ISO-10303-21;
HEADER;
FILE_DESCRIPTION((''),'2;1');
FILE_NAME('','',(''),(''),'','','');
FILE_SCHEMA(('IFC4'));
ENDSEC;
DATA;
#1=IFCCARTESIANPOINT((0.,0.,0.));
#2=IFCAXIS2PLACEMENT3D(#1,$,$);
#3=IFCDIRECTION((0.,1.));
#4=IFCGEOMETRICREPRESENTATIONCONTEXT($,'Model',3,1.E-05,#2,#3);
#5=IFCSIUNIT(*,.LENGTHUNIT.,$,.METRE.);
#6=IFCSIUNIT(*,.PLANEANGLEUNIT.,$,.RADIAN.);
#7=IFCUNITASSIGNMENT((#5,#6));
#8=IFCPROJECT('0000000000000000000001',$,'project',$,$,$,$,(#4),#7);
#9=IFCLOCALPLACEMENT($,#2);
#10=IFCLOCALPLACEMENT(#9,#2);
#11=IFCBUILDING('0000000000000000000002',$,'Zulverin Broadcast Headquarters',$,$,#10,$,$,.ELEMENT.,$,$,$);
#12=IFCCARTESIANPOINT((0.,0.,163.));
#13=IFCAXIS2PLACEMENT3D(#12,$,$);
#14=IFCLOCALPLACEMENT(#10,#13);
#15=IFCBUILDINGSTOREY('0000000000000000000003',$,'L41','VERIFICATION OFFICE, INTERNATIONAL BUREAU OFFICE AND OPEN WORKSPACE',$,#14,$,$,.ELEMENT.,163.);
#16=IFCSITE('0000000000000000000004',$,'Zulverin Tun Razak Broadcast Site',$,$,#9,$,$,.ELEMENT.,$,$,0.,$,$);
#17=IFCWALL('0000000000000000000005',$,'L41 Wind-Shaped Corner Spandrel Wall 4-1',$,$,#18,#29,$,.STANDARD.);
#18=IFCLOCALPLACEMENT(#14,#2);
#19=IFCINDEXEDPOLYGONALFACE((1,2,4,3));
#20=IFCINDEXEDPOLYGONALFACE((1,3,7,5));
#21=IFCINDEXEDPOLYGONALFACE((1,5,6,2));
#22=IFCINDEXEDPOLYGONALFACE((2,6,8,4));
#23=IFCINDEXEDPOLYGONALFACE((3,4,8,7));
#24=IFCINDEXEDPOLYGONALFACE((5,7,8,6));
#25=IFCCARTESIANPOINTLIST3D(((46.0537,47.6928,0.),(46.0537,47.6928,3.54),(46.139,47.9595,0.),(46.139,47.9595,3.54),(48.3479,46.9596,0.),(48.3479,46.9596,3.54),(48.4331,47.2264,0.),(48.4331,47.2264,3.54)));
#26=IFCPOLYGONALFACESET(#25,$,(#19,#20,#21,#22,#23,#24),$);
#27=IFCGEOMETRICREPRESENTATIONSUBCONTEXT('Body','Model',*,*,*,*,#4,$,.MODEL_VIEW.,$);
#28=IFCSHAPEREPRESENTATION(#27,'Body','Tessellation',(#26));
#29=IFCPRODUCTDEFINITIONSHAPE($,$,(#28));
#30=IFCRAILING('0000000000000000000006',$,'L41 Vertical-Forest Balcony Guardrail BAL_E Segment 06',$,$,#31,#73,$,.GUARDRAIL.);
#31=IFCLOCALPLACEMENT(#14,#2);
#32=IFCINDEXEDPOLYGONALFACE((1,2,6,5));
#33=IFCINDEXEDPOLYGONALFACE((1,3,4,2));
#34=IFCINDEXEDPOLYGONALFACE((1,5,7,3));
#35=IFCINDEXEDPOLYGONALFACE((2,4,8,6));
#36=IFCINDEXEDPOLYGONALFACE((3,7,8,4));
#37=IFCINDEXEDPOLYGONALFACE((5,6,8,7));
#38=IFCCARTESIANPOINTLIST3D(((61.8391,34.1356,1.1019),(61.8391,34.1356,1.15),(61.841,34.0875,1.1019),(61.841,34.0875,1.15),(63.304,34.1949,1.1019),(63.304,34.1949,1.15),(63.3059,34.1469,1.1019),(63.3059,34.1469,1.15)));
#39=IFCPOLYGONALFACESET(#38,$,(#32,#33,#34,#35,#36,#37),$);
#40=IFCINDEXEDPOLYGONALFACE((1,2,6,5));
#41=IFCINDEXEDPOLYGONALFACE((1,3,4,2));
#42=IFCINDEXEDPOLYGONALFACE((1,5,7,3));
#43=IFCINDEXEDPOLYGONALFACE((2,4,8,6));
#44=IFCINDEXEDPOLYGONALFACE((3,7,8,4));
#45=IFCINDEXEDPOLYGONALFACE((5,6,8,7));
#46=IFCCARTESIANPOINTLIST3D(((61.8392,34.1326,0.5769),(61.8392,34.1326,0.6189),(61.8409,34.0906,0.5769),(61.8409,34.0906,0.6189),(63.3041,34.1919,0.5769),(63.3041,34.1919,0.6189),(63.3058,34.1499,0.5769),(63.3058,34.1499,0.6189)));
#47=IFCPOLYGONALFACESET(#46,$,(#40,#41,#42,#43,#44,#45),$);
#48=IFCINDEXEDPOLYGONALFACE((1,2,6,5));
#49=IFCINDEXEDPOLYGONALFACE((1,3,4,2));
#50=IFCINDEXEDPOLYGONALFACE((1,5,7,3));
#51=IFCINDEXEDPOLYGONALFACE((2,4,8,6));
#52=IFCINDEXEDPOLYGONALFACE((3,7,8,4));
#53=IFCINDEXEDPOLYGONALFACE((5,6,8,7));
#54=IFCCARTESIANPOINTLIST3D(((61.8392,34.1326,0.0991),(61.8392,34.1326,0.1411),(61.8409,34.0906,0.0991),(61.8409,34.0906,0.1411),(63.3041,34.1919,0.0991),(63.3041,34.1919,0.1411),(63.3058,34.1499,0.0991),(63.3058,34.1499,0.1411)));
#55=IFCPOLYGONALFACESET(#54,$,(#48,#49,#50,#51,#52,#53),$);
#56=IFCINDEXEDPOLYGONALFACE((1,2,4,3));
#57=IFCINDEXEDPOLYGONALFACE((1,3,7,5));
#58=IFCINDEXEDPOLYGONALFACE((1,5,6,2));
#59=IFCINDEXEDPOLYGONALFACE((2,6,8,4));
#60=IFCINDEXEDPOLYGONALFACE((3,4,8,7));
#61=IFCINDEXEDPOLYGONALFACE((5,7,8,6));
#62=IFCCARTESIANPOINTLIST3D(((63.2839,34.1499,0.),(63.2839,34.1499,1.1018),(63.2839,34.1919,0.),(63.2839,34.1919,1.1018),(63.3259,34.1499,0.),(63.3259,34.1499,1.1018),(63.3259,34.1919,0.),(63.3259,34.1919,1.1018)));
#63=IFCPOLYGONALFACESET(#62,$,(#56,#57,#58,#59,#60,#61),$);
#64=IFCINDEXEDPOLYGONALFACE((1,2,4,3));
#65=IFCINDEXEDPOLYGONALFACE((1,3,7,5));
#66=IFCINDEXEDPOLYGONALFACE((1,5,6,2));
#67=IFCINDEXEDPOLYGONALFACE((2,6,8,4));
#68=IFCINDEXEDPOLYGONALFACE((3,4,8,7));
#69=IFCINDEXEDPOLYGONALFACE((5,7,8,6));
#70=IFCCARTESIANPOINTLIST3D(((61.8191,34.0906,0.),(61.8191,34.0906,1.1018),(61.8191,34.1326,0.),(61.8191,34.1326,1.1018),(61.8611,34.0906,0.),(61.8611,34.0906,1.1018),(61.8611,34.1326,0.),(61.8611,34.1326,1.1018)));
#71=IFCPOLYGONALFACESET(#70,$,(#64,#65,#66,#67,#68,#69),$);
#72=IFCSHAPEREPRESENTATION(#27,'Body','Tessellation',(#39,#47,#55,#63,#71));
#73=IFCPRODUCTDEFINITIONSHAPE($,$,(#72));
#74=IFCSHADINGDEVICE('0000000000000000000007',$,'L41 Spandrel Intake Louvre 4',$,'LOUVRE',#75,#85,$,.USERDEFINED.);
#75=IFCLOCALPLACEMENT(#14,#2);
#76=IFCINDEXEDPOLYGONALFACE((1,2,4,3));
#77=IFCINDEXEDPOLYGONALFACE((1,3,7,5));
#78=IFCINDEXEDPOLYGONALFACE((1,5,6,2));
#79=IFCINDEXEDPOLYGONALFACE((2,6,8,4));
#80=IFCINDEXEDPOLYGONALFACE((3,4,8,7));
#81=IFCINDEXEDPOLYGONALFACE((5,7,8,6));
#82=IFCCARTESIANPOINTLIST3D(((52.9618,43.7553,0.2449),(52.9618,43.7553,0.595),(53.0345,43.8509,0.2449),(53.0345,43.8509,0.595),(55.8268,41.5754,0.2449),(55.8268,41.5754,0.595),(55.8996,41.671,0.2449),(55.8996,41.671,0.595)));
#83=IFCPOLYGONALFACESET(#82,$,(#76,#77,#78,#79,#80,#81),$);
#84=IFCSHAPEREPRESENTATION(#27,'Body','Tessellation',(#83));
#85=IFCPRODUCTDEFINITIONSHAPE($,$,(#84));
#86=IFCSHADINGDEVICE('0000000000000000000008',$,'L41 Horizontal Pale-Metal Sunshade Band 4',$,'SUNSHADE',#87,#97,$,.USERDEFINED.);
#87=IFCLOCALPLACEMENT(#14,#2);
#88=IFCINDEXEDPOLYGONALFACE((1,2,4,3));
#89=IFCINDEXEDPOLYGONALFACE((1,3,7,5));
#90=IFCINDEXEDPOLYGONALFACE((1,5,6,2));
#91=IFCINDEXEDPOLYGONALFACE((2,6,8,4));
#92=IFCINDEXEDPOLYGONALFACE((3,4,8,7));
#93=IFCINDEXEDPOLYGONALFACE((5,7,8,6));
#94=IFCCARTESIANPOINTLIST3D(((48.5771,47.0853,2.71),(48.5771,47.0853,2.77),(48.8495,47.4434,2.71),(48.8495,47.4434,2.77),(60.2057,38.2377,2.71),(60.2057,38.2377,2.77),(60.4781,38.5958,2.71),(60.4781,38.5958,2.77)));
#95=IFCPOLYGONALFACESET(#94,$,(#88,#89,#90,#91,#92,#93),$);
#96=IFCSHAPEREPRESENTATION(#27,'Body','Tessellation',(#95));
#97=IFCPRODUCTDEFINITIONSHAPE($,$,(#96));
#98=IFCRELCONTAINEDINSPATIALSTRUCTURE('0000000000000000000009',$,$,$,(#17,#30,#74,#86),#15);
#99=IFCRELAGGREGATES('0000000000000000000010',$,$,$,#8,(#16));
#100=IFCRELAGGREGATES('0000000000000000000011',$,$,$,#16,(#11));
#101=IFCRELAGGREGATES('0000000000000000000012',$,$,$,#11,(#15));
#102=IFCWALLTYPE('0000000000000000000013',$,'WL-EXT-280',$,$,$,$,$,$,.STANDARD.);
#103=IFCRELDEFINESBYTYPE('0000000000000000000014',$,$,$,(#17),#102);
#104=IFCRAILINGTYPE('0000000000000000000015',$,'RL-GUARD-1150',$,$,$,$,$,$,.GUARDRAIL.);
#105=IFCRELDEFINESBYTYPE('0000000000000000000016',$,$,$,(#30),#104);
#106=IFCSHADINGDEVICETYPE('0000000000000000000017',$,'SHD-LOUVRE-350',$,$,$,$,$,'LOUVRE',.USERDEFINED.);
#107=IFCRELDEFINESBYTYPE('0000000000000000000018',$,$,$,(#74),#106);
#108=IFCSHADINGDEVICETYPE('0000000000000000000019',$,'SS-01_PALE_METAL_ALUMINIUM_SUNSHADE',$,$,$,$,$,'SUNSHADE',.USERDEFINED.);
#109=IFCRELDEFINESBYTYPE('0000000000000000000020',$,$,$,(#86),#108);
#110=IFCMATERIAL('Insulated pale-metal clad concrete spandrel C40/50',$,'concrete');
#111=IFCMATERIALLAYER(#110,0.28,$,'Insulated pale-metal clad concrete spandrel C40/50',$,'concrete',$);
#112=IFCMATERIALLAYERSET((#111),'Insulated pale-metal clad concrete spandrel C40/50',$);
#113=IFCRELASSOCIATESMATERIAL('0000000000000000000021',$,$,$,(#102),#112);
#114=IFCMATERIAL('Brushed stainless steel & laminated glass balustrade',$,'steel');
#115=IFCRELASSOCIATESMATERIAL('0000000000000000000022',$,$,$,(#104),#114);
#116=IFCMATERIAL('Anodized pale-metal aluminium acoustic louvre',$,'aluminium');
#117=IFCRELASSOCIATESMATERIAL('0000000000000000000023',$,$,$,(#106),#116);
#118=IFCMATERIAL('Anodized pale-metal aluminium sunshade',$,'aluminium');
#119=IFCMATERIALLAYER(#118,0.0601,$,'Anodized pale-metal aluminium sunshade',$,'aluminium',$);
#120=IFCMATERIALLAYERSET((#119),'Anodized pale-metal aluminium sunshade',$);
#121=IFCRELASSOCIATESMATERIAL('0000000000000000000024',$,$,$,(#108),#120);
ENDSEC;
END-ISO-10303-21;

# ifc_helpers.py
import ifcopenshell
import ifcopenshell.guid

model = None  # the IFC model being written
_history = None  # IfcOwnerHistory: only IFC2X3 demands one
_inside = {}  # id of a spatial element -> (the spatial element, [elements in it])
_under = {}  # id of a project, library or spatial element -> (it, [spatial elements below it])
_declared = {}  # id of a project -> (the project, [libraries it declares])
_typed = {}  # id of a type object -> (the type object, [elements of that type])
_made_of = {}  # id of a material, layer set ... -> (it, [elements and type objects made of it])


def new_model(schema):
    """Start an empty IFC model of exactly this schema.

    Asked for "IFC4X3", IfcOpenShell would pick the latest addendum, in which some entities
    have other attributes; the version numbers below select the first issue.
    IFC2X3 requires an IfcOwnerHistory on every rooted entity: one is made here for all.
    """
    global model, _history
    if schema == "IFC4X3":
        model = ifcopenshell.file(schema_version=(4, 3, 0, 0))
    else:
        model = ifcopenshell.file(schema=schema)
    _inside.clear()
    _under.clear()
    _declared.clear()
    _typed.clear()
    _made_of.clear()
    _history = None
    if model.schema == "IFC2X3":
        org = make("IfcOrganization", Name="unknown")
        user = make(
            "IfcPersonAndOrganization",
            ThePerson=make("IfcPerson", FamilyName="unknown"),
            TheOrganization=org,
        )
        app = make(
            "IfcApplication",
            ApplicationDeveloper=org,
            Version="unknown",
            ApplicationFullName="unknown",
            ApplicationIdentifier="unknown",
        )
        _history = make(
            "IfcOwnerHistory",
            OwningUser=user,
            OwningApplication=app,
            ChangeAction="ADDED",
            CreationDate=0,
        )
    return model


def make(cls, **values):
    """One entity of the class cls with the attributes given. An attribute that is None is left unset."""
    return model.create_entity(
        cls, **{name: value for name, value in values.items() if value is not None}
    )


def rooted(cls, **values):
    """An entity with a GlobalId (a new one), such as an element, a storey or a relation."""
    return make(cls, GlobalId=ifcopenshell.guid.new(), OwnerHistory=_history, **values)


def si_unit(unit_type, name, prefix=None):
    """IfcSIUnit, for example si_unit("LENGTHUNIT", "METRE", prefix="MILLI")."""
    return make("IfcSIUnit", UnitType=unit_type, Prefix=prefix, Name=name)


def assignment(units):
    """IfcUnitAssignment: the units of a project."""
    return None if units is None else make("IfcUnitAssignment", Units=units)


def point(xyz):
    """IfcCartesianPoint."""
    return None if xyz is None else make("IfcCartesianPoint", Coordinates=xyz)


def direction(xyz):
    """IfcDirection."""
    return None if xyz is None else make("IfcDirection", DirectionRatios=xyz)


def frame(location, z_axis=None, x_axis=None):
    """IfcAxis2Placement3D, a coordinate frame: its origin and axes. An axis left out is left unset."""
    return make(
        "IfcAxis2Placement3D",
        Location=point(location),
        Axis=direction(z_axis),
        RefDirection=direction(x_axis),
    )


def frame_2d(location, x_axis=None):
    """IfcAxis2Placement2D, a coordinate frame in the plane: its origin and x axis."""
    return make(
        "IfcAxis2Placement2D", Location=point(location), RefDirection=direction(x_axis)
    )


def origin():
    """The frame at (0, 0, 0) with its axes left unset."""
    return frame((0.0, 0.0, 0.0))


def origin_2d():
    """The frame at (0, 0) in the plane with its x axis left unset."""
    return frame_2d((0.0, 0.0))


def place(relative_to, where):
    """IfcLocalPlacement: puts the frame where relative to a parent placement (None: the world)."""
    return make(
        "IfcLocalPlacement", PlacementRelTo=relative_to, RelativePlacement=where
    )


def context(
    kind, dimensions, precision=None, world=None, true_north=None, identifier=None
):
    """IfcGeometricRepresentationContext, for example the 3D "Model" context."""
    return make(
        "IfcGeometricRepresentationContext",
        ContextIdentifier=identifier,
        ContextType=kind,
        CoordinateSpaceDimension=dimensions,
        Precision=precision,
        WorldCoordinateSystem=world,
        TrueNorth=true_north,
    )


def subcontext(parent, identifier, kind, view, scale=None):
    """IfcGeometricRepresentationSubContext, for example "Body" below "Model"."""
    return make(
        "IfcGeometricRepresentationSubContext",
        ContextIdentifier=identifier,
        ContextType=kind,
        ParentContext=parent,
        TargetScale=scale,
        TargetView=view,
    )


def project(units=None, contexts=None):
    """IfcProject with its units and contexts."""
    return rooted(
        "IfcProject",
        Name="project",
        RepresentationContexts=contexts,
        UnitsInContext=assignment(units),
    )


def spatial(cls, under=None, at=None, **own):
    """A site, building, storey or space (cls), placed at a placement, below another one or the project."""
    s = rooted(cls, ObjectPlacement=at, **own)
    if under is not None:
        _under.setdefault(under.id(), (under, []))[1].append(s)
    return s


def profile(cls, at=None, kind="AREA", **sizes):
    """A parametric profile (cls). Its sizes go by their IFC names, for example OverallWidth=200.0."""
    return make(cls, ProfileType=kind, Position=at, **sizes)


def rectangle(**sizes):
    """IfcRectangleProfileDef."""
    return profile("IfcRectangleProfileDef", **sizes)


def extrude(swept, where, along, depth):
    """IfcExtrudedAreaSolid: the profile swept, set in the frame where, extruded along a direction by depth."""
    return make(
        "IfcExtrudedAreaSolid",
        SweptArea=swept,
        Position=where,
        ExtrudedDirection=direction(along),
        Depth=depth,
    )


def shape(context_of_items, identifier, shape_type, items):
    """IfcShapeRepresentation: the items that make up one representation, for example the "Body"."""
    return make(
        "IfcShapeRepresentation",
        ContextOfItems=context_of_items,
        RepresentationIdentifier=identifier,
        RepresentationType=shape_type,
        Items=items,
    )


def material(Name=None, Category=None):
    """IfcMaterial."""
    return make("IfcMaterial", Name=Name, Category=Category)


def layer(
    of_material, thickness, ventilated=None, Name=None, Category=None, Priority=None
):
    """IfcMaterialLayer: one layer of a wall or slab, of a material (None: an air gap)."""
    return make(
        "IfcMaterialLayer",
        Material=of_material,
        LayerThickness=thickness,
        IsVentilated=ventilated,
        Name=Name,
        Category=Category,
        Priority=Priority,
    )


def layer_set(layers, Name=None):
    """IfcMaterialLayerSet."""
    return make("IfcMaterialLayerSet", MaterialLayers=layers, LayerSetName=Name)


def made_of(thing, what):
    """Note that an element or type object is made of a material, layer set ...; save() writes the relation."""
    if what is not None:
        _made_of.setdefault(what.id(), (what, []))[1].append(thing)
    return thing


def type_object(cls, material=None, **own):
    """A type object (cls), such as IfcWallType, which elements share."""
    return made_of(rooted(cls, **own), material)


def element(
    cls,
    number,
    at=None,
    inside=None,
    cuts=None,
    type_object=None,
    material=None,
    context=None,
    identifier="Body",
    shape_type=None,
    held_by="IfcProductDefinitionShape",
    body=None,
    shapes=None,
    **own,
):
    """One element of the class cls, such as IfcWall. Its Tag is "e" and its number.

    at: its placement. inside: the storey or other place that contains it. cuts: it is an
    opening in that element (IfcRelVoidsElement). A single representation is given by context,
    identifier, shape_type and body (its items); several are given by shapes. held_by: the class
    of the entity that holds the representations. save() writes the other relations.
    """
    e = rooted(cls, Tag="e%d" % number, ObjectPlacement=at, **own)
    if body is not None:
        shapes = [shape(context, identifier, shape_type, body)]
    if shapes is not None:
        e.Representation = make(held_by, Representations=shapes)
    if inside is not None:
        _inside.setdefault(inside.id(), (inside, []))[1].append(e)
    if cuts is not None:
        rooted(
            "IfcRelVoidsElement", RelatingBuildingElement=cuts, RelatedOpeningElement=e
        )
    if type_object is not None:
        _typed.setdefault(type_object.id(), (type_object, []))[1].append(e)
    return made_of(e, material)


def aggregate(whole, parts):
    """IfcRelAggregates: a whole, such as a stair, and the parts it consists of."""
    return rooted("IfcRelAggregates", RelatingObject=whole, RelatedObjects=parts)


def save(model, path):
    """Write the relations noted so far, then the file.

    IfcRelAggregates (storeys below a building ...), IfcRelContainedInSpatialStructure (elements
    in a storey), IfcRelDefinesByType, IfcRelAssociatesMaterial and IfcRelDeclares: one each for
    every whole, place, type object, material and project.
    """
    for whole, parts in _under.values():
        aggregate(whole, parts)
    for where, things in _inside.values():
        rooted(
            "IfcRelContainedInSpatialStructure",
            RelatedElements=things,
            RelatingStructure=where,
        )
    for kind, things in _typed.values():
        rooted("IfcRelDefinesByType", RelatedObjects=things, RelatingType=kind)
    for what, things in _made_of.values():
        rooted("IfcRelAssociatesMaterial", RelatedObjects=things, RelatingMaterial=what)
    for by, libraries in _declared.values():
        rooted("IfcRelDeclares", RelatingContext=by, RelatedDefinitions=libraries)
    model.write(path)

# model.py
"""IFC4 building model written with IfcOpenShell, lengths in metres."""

from ifc_helpers import new_model, si_unit, direction, frame, frame_2d, origin, origin_2d, place, context, subcontext, project, spatial, rectangle, extrude, material, layer, layer_set, type_object, element, save


model = new_model("IFC4")

# Units and contexts
model_context = context("Model", 3, precision=1e-05, world=origin(), true_north=direction((0.0, 1.0)))
body_context = subcontext(model_context, "Body", "Model", "MODEL_VIEW")
ifc_project = project(units=[si_unit("LENGTHUNIT", "METRE"), si_unit("PLANEANGLEUNIT", "RADIAN")], contexts=[model_context])

# Site, building, storey
site_placement = place(None, origin())
site = spatial("IfcSite", under=ifc_project, at=site_placement, Name="Zulverin Tun Razak Broadcast Site", CompositionType="ELEMENT", RefElevation=0.0)
building_placement = place(site_placement, origin())
building = spatial("IfcBuilding", under=site, at=building_placement, Name="Zulverin Broadcast Headquarters", CompositionType="ELEMENT")
storey_placement = place(building_placement, frame((0.0, 0.0, 163.0)))
storey = spatial("IfcBuildingStorey", under=building, at=storey_placement, Name="L41", Description="VERIFICATION OFFICE, INTERNATIONAL BUREAU OFFICE AND OPEN WORKSPACE", CompositionType="ELEMENT", Elevation=163.0)

# Shared definitions
ifc_material_1 = material(Name="Insulated pale-metal clad concrete spandrel C40/50", Category="concrete")
ifc_layer_1 = layer(ifc_material_1, 0.28, Name="Insulated pale-metal clad concrete spandrel C40/50", Category="concrete")
ifc_layer_set_1 = layer_set([ifc_layer_1], Name="Insulated pale-metal clad concrete spandrel C40/50")
wall_type = type_object("IfcWallType", Name="WL-EXT-280", PredefinedType="STANDARD", material=ifc_layer_set_1)

# Wall
wall_1_placement = place(storey_placement, frame((48.3904, 47.093, 0.0), z_axis=(0.0, 0.0, 1.0), x_axis=(-0.952543, 0.304404, 0.0)))
element("IfcWall", 1, at=wall_1_placement, inside=storey, type_object=wall_type, Name="L41 Wind-Shaped Corner Spandrel Wall 4-1", PredefinedType="STANDARD", context=body_context, shape_type="SweptSolid", body=[
    extrude(rectangle(XDim=2.4084, YDim=0.28, at=frame_2d((1.2041, 0.0))), origin(), (0.0, 0.0, 1.0), 3.54),
])

# Railing
ifc_material_2 = material(Name="Brushed stainless steel & laminated glass balustrade", Category="steel")
railing_type = type_object("IfcRailingType", Name="RL-GUARD-1150", PredefinedType="GUARDRAIL", material=ifc_material_2)
railing_placement = place(storey_placement, frame((63.3049, 34.1709, 0.0)))
element("IfcRailing", 2, at=railing_placement, inside=storey, type_object=railing_type, Name="L41 Vertical-Forest Balcony Guardrail BAL_E Segment 06", PredefinedType="GUARDRAIL", context=body_context, shape_type="SweptSolid", body=[
    extrude(rectangle(XDim=0.0481, YDim=0.0481, at=origin_2d()), frame((0.0, 0.0, 1.126), z_axis=(-0.999181, -0.040467, 0.0), x_axis=(0.040467, -0.999181, 0.0)), (0.0, 0.0, 1.0), 1.4661),
    extrude(rectangle(XDim=0.042, YDim=0.042, at=origin_2d()), frame((0.0, 0.0, 0.5979), z_axis=(-0.999181, -0.040467, 0.0), x_axis=(0.040467, -0.999181, 0.0)), (0.0, 0.0, 1.0), 1.4661),
    extrude(rectangle(XDim=0.042, YDim=0.042, at=origin_2d()), frame((0.0, 0.0, 0.1201), z_axis=(-0.999181, -0.040467, 0.0), x_axis=(0.040467, -0.999181, 0.0)), (0.0, 0.0, 1.0), 1.4661),
    extrude(rectangle(XDim=0.042, YDim=0.042, at=origin_2d()), origin(), (0.0, 0.0, 1.0), 1.1018),
    extrude(rectangle(XDim=0.042, YDim=0.042, at=origin_2d()), frame((-1.4648, -0.0593, 0.0)), (0.0, 0.0, 1.0), 1.1018),
])

# Shading devices
ifc_material_3 = material(Name="Anodized pale-metal aluminium acoustic louvre", Category="aluminium")
shading_device_type_1 = type_object("IfcShadingDeviceType", Name="SHD-LOUVRE-350", ElementType="LOUVRE", PredefinedType="USERDEFINED", material=ifc_material_3)
shading_device_1_placement = place(storey_placement, frame((54.4307, 42.7131, 0.2449), z_axis=(0.0, 0.0, 1.0), x_axis=(-0.795836, 0.605512, 0.0)))
element("IfcShadingDevice", 3, at=shading_device_1_placement, inside=storey, type_object=shading_device_type_1, Name="L41 Spandrel Intake Louvre 4", ObjectType="LOUVRE", PredefinedType="USERDEFINED", context=body_context, shape_type="SweptSolid", body=[
    extrude(rectangle(XDim=3.6001, YDim=0.1201, at=origin_2d()), origin(), (0.0, 0.0, 1.0), 0.3501),
])
ifc_material_4 = material(Name="Anodized pale-metal aluminium sunshade", Category="aluminium")
ifc_layer_2 = layer(ifc_material_4, 0.0601, Name="Anodized pale-metal aluminium sunshade", Category="aluminium")
ifc_layer_set_2 = layer_set([ifc_layer_2], Name="Anodized pale-metal aluminium sunshade")
shading_device_type_2 = type_object("IfcShadingDeviceType", Name="SS-01_PALE_METAL_ALUMINIUM_SUNSHADE", ElementType="SUNSHADE", PredefinedType="USERDEFINED", material=ifc_layer_set_2)
shading_device_2_placement = place(storey_placement, frame((54.5276, 42.8406, 2.71), z_axis=(0.0, 0.0, 1.0), x_axis=(-0.795836, 0.605512, 0.0)))
element("IfcShadingDevice", 4, at=shading_device_2_placement, inside=storey, type_object=shading_device_type_2, Name="L41 Horizontal Pale-Metal Sunshade Band 4", ObjectType="SUNSHADE", PredefinedType="USERDEFINED", context=body_context, shape_type="SweptSolid", body=[
    extrude(rectangle(XDim=14.6118, YDim=0.45, at=origin_2d()), origin(), (0.0, 0.0, 1.0), 0.0601),
])

save(model, "model.ifc")
